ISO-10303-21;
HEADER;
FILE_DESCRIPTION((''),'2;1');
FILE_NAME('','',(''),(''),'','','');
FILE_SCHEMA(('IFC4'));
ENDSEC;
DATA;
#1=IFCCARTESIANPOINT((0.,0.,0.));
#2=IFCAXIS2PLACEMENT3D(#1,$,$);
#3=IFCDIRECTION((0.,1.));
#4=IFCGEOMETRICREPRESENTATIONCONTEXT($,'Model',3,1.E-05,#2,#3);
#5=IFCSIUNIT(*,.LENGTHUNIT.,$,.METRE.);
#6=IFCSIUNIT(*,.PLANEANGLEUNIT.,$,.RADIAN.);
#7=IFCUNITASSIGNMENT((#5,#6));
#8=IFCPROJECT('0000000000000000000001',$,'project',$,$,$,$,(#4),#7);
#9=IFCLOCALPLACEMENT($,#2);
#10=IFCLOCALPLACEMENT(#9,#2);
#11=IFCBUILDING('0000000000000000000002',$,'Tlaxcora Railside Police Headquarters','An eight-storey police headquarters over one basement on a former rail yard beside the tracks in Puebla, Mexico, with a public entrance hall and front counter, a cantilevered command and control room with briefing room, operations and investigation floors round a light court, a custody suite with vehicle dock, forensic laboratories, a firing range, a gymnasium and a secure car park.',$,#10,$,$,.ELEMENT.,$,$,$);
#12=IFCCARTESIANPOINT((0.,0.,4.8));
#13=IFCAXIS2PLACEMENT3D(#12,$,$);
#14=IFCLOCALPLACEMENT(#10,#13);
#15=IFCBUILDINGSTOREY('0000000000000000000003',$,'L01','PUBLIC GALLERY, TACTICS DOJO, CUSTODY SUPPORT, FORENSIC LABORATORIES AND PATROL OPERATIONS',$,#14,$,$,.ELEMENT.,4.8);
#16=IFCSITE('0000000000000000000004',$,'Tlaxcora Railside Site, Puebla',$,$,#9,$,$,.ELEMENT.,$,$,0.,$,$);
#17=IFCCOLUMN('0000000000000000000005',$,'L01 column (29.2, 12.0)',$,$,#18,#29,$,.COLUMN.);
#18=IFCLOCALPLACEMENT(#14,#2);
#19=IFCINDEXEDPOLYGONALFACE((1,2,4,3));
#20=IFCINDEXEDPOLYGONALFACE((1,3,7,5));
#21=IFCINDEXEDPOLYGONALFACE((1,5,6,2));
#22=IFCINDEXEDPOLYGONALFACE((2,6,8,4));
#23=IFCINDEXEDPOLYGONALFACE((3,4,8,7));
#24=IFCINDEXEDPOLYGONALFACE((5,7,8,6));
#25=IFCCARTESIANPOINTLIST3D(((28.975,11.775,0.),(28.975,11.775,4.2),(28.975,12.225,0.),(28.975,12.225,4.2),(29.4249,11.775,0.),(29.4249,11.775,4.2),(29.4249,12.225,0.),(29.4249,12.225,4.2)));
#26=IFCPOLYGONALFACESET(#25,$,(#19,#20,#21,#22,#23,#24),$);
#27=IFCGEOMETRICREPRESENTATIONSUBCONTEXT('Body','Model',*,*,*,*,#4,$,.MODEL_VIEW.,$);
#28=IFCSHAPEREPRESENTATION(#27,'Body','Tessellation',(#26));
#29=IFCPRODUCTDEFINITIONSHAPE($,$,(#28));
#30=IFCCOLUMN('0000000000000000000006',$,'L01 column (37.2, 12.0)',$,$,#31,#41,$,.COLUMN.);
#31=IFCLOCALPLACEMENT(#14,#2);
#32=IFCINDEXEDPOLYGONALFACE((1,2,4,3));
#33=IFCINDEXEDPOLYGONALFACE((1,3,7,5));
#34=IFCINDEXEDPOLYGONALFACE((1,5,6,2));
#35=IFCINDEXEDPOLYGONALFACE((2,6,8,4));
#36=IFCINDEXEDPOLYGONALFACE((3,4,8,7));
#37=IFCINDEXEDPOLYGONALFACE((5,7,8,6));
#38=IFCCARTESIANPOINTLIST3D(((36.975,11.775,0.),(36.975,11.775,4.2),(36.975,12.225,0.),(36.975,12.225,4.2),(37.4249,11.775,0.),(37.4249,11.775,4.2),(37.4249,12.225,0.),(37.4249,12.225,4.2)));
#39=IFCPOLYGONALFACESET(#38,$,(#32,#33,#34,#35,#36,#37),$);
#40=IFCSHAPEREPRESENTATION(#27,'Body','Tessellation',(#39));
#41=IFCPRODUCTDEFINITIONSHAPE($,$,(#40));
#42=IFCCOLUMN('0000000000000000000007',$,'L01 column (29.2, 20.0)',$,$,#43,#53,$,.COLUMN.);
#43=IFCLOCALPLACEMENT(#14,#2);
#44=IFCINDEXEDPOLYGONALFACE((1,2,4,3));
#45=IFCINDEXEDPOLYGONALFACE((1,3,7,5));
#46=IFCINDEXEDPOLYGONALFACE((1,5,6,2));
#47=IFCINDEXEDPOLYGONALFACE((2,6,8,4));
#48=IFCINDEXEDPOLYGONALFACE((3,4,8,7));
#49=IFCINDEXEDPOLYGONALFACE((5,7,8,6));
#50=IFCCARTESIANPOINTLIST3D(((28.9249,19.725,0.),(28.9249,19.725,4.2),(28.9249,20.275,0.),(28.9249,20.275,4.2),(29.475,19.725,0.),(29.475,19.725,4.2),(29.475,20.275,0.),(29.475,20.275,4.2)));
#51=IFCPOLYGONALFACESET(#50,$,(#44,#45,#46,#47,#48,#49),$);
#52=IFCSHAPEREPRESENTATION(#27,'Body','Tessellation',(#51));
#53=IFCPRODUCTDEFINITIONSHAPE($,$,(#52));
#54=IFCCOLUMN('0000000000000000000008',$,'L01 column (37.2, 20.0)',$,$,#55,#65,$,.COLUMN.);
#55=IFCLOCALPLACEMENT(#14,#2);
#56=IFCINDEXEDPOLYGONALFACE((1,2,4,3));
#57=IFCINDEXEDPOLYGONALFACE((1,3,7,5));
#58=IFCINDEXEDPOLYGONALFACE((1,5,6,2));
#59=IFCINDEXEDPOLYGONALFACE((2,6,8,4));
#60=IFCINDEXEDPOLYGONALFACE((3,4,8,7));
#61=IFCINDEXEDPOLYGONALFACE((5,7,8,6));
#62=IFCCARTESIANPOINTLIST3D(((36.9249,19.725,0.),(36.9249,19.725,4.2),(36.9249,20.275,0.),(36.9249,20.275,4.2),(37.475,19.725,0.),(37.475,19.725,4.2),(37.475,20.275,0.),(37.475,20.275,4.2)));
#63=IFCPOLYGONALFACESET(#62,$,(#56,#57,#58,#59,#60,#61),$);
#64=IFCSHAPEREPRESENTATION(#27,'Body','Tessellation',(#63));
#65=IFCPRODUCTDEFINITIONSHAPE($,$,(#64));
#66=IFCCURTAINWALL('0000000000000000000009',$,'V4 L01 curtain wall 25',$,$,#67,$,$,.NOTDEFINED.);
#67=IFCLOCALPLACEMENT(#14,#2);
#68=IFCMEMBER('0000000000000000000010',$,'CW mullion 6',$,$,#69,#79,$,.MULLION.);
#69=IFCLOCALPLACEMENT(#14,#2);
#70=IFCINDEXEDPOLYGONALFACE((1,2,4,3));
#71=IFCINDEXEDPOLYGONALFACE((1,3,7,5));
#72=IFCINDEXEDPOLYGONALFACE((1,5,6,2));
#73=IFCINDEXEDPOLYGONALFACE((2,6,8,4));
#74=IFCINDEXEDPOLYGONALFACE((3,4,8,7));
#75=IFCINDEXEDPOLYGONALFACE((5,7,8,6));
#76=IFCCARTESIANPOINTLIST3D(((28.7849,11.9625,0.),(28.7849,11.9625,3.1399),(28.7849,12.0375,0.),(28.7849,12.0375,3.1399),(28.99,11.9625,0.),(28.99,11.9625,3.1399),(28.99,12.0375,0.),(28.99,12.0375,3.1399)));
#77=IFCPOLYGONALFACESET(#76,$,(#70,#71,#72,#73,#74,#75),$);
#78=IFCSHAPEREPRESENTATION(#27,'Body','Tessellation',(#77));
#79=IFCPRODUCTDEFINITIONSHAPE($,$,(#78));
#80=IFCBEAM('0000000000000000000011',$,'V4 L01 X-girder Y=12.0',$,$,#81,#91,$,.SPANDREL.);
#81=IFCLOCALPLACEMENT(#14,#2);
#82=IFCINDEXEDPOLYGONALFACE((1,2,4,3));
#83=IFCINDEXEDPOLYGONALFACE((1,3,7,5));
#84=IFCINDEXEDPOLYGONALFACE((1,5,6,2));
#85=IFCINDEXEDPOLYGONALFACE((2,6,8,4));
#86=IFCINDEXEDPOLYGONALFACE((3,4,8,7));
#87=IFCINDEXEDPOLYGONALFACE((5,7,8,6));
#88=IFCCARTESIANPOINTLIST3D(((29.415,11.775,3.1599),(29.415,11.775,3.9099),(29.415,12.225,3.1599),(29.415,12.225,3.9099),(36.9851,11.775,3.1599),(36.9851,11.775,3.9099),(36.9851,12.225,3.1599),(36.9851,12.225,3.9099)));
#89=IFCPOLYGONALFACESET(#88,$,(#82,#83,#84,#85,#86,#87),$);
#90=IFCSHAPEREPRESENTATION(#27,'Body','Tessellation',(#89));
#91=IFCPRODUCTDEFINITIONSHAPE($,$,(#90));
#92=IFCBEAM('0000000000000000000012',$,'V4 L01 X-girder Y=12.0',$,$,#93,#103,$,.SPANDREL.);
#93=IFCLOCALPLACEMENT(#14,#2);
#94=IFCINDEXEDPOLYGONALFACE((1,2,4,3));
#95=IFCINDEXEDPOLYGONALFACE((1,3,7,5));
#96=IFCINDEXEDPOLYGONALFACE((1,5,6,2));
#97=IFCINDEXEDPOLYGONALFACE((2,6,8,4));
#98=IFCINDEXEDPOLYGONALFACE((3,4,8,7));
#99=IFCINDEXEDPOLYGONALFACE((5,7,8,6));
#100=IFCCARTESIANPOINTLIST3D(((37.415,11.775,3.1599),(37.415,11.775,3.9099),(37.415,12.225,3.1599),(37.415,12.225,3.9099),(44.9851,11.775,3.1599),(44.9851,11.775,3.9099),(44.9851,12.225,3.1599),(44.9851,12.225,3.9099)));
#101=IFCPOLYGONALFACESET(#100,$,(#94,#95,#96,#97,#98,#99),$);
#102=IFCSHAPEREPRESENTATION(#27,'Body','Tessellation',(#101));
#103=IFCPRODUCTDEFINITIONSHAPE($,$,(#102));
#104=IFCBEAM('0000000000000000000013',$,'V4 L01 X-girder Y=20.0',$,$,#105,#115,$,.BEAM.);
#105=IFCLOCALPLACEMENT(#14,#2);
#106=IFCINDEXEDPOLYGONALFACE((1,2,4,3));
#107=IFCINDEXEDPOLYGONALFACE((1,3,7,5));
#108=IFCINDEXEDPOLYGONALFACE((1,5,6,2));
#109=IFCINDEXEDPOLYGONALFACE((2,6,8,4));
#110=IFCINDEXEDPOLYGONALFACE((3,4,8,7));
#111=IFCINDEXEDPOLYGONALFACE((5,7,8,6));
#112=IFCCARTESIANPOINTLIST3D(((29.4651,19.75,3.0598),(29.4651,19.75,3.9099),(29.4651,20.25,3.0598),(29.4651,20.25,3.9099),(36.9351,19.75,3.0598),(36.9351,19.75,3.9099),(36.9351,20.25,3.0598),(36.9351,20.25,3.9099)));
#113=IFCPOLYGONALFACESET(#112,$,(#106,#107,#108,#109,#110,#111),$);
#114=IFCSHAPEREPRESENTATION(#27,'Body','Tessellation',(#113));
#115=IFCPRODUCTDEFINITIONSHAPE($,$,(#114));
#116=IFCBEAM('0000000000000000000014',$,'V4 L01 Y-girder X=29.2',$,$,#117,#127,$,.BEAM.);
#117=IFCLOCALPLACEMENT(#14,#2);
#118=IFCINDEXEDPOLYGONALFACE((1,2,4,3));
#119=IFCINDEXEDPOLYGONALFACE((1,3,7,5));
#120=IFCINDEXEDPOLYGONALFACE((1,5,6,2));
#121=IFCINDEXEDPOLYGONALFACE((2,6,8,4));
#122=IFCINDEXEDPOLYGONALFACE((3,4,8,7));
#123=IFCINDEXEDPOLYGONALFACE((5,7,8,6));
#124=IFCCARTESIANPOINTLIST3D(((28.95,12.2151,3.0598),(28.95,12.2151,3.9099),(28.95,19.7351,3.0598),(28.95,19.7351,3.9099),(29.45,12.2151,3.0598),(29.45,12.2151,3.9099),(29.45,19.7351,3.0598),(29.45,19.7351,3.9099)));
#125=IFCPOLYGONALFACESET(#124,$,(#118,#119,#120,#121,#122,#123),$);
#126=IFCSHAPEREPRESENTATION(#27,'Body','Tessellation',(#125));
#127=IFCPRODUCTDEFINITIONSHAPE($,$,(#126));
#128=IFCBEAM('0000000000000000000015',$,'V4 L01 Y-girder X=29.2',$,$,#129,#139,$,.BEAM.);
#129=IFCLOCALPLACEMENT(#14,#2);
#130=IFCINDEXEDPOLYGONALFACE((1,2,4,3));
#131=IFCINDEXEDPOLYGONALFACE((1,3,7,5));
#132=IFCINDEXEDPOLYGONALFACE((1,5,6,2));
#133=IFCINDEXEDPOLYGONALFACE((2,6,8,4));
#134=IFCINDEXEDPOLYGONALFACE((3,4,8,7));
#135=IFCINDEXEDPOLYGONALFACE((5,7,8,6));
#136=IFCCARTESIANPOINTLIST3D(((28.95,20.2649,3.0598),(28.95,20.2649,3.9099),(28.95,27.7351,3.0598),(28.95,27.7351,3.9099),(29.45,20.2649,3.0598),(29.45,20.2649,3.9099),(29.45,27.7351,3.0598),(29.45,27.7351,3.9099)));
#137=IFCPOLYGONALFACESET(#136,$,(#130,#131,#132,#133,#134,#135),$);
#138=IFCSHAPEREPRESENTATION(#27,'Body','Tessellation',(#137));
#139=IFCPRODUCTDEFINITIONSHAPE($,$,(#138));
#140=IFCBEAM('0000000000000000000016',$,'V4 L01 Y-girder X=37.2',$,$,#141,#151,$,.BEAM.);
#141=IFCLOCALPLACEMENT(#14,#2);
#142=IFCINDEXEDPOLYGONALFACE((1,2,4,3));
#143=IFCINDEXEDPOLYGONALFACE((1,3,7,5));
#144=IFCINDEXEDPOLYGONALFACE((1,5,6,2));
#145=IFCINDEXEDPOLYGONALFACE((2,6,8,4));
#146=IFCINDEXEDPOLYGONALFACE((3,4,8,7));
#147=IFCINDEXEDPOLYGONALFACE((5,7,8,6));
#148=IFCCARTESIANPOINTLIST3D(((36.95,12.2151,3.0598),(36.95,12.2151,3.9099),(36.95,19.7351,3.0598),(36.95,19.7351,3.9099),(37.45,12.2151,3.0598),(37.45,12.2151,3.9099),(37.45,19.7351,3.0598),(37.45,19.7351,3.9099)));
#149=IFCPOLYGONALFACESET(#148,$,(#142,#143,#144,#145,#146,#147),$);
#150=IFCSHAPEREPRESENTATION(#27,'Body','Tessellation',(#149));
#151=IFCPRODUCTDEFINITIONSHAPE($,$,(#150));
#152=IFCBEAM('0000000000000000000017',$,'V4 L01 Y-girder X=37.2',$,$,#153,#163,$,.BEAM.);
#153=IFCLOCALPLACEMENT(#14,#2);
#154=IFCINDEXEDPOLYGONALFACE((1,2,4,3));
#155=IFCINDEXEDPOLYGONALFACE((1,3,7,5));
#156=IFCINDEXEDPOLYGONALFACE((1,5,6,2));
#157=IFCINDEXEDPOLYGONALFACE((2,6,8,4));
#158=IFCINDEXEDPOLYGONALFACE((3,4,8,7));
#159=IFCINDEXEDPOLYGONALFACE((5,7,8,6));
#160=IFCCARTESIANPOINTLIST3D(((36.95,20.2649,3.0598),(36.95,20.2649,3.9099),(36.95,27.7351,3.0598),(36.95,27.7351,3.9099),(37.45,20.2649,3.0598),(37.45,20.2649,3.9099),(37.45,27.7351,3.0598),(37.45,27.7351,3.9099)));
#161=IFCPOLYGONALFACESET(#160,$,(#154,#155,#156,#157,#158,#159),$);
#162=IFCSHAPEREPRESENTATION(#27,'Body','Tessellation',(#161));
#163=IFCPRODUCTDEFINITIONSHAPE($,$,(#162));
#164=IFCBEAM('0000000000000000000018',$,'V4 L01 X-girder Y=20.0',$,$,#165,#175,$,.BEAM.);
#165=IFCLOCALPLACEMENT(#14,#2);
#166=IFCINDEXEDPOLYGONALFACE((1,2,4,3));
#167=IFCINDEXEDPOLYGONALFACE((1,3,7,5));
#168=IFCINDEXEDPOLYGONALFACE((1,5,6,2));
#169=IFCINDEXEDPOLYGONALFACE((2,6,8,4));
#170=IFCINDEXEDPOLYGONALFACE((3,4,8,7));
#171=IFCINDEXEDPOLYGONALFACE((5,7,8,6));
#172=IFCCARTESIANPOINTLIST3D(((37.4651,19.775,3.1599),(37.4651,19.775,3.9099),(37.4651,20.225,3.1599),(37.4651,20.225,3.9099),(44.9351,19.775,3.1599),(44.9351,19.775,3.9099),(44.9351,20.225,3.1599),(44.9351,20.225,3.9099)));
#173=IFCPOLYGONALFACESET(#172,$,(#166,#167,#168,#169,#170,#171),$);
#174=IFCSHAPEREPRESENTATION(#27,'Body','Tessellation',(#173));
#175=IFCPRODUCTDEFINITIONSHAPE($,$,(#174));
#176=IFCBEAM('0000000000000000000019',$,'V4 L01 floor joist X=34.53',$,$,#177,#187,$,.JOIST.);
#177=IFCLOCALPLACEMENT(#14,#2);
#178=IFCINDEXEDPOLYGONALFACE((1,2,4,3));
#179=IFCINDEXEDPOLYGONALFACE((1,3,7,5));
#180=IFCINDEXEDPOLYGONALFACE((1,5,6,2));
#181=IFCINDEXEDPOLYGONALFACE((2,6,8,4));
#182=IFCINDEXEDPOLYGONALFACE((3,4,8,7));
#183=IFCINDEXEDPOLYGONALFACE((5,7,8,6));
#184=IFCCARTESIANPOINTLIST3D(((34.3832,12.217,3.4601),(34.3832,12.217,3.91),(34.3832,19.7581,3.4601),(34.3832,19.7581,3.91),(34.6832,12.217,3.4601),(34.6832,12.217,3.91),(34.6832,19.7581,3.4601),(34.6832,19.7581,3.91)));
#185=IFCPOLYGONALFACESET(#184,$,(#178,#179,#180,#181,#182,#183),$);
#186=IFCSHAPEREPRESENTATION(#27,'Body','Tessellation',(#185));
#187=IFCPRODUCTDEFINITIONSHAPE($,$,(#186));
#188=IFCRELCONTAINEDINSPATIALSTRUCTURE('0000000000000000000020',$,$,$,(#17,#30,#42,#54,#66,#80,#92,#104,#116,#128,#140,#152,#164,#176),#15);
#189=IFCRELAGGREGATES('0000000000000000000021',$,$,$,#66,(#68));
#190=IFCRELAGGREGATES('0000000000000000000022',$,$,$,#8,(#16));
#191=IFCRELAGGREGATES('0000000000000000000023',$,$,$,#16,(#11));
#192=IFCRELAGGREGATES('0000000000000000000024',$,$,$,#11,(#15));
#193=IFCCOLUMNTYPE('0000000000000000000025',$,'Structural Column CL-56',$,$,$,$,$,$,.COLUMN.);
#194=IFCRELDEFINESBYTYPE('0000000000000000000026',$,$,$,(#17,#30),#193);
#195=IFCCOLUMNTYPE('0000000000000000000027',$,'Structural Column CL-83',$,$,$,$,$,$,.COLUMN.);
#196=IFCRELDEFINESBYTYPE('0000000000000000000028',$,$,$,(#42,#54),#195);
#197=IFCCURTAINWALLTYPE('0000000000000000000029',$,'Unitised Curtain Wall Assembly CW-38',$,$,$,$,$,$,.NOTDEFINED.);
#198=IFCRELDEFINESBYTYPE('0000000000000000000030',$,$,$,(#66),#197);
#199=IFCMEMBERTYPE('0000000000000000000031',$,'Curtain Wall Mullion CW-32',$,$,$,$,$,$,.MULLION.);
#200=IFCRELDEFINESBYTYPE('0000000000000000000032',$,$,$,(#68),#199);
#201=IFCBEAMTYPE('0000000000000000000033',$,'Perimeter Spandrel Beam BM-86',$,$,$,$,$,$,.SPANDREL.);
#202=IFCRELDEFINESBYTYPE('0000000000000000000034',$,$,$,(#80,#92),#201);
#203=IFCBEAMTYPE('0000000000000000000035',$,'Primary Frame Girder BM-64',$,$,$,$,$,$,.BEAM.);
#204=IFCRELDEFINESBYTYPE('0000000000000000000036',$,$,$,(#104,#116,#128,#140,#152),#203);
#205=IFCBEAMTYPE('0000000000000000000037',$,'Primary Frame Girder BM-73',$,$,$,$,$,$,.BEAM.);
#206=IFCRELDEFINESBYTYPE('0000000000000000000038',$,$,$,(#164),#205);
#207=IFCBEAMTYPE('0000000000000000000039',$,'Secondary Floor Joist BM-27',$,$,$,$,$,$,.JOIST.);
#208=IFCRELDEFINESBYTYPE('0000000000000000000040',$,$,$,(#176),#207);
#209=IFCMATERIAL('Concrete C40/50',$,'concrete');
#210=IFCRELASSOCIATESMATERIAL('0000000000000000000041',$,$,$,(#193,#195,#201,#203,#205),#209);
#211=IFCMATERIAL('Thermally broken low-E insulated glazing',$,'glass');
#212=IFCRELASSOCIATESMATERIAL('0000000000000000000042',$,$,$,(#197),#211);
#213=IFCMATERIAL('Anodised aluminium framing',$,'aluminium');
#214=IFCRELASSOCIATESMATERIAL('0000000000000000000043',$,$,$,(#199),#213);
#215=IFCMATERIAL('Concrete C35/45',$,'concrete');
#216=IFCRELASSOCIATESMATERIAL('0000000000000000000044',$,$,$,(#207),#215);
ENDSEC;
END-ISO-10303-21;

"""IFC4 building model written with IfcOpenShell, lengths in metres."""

from ifc_helpers import new_model, si_unit, direction, frame, origin, origin_2d, place, context, subcontext, project, spatial, rectangle, extrude, material, material_profile, profile_set, type_object, element, aggregate, save


model = new_model("IFC4")

# Units and contexts
model_context = context("Model", 3, precision=1e-05, world=origin(), true_north=direction((0.0, 1.0)))
body_context = subcontext(model_context, "Body", "Model", "MODEL_VIEW")
ifc_project = project(units=[si_unit("LENGTHUNIT", "METRE"), si_unit("PLANEANGLEUNIT", "RADIAN")], contexts=[model_context])

# Site, building, storey
site_placement = place(None, origin())
site = spatial("IfcSite", under=ifc_project, at=site_placement, Name="Tlaxcora Railside Site, Puebla", CompositionType="ELEMENT", RefElevation=0.0)
building_placement = place(site_placement, origin())
building = spatial("IfcBuilding", under=site, at=building_placement, Name="Tlaxcora Railside Police Headquarters", Description="An eight-storey police headquarters over one basement on a former rail yard beside the tracks in Puebla, Mexico, with a public entrance hall and front counter, a cantilevered command and control room with briefing room, operations and investigation floors round a light court, a custody suite with vehicle dock, forensic laboratories, a firing range, a gymnasium and a secure car park.", CompositionType="ELEMENT")
storey_placement = place(building_placement, frame((0.0, 0.0, 4.8)))
storey = spatial("IfcBuildingStorey", under=building, at=storey_placement, Name="L01", Description="PUBLIC GALLERY, TACTICS DOJO, CUSTODY SUPPORT, FORENSIC LABORATORIES AND PATROL OPERATIONS", CompositionType="ELEMENT", Elevation=4.8)

# Columns
ifc_material_1 = material(Name="Concrete C40/50", Category="concrete")
ifc_material_profile_1 = material_profile(ifc_material_1, rectangle(XDim=0.45, YDim=0.45, at=origin_2d()), Name="RC450X450")
ifc_profile_set_1 = profile_set([ifc_material_profile_1], Name="Concrete C40/50")
column_type_1 = type_object("IfcColumnType", Name="Structural Column CL-56", PredefinedType="COLUMN", material=ifc_profile_set_1)
for number, where, z_axis, x_axis, name in (
    (1, (29.2, 12.0, 0.0), (0.0, 0.0, 1.0), (1.0, 0.0, 0.0), "L01 column (29.2, 12.0)"),
    (2, (37.2, 12.0, 0.0), (0.0, 0.0, 1.0), (1.0, 0.0, 0.0), "L01 column (37.2, 12.0)"),
):
    element("IfcColumn", number, at=place(storey_placement, frame(where, z_axis=z_axis, x_axis=x_axis)), inside=storey, type_object=column_type_1, Name=name, PredefinedType="COLUMN", context=body_context, shape_type="SweptSolid", body=[
        extrude(rectangle(XDim=0.45, YDim=0.45, at=origin_2d()), origin(), (0.0, 0.0, 1.0), 4.2),
    ])
ifc_material_profile_2 = material_profile(ifc_material_1, rectangle(XDim=0.55, YDim=0.55, at=origin_2d()), Name="RC550X550")
ifc_profile_set_2 = profile_set([ifc_material_profile_2], Name="Concrete C40/50")
column_type_2 = type_object("IfcColumnType", Name="Structural Column CL-83", PredefinedType="COLUMN", material=ifc_profile_set_2)
for number, where, z_axis, x_axis, name in (
    (3, (29.2, 20.0, 0.0), (0.0, 0.0, 1.0), (1.0, 0.0, 0.0), "L01 column (29.2, 20.0)"),
    (4, (37.2, 20.0, 0.0), (0.0, 0.0, 1.0), (1.0, 0.0, 0.0), "L01 column (37.2, 20.0)"),
):
    element("IfcColumn", number, at=place(storey_placement, frame(where, z_axis=z_axis, x_axis=x_axis)), inside=storey, type_object=column_type_2, Name=name, PredefinedType="COLUMN", context=body_context, shape_type="SweptSolid", body=[
        extrude(rectangle(XDim=0.55, YDim=0.55, at=origin_2d()), origin(), (0.0, 0.0, 1.0), 4.2),
    ])

# Curtain wall, member
ifc_material_2 = material(Name="Thermally broken low-E insulated glazing", Category="glass")
curtain_wall_type = type_object("IfcCurtainWallType", Name="Unitised Curtain Wall Assembly CW-38", PredefinedType="NOTDEFINED", material=ifc_material_2)
curtain_wall_placement = place(storey_placement, origin())
curtain_wall = element("IfcCurtainWall", 5, at=curtain_wall_placement, inside=storey, type_object=curtain_wall_type, Name="V4 L01 curtain wall 25", PredefinedType="NOTDEFINED")
ifc_material_3 = material(Name="Anodised aluminium framing", Category="aluminium")
ifc_material_profile_3 = material_profile(ifc_material_3, rectangle(XDim=0.075, YDim=0.2051, at=origin_2d()), Name="AL75X205")
ifc_profile_set_3 = profile_set([ifc_material_profile_3], Name="Anodised aluminium framing")
member_type = type_object("IfcMemberType", Name="Curtain Wall Mullion CW-32", PredefinedType="MULLION", material=ifc_profile_set_3)
member_placement = place(storey_placement, frame((28.8875, 12.0, 0.0), z_axis=(0.0, 0.0, 1.0), x_axis=(0.0, 1.0, 0.0)))
member = element("IfcMember", 6, at=member_placement, type_object=member_type, Name="CW mullion 6", PredefinedType="MULLION", context=body_context, shape_type="SweptSolid", body=[
    extrude(rectangle(XDim=0.075, YDim=0.2051, at=origin_2d()), origin(), (0.0, 0.0, 1.0), 3.1399),
])

# Beams
ifc_material_profile_4 = material_profile(ifc_material_1, rectangle(XDim=0.45, YDim=0.75, at=origin_2d()), Name="RC450X750")
ifc_profile_set_4 = profile_set([ifc_material_profile_4], Name="Concrete C40/50")
beam_type_1 = type_object("IfcBeamType", Name="Perimeter Spandrel Beam BM-86", PredefinedType="SPANDREL", material=ifc_profile_set_4)
for number, where, z_axis, x_axis, name in (
    (7, (29.415, 12.0, 3.5349), (1.0, 0.0, 0.0), (0.0, 1.0, 0.0), "V4 L01 X-girder Y=12.0"),
    (8, (37.415, 12.0, 3.5349), (1.0, 0.0, 0.0), (0.0, 1.0, 0.0), "V4 L01 X-girder Y=12.0"),
):
    element("IfcBeam", number, at=place(storey_placement, frame(where, z_axis=z_axis, x_axis=x_axis)), inside=storey, type_object=beam_type_1, Name=name, PredefinedType="SPANDREL", context=body_context, shape_type="SweptSolid", body=[
        extrude(rectangle(XDim=0.45, YDim=0.75, at=origin_2d()), origin(), (0.0, 0.0, 1.0), 7.5701),
    ])
ifc_material_profile_5 = material_profile(ifc_material_1, rectangle(XDim=0.5, YDim=0.8501, at=origin_2d()), Name="RC500X850")
ifc_profile_set_5 = profile_set([ifc_material_profile_5], Name="Concrete C40/50")
beam_type_2 = type_object("IfcBeamType", Name="Primary Frame Girder BM-64", PredefinedType="BEAM", material=ifc_profile_set_5)
beam_1_placement = place(storey_placement, frame((29.4651, 20.0, 3.4849), z_axis=(1.0, 0.0, 0.0), x_axis=(0.0, 1.0, 0.0)))
element("IfcBeam", 9, at=beam_1_placement, inside=storey, type_object=beam_type_2, Name="V4 L01 X-girder Y=20.0", PredefinedType="BEAM", context=body_context, shape_type="SweptSolid", body=[
    extrude(rectangle(XDim=0.5, YDim=0.8501, at=origin_2d()), origin(), (0.0, 0.0, 1.0), 7.47),
])
beam_2_placement = place(storey_placement, frame((29.2, 12.2151, 3.4849), z_axis=(0.0, 1.0, 0.0), x_axis=(-1.0, 0.0, 0.0)))
element("IfcBeam", 10, at=beam_2_placement, inside=storey, type_object=beam_type_2, Name="V4 L01 Y-girder X=29.2", PredefinedType="BEAM", context=body_context, shape_type="SweptSolid", body=[
    extrude(rectangle(XDim=0.5, YDim=0.8501, at=origin_2d()), origin(), (0.0, 0.0, 1.0), 7.52),
])
beam_3_placement = place(storey_placement, frame((29.2, 20.2649, 3.4849), z_axis=(0.0, 1.0, 0.0), x_axis=(-1.0, 0.0, 0.0)))
element("IfcBeam", 11, at=beam_3_placement, inside=storey, type_object=beam_type_2, Name="V4 L01 Y-girder X=29.2", PredefinedType="BEAM", context=body_context, shape_type="SweptSolid", body=[
    extrude(rectangle(XDim=0.5, YDim=0.8501, at=origin_2d()), origin(), (0.0, 0.0, 1.0), 7.4702),
])
beam_4_placement = place(storey_placement, frame((37.2, 12.2151, 3.4849), z_axis=(0.0, 1.0, 0.0), x_axis=(-1.0, 0.0, 0.0)))
element("IfcBeam", 12, at=beam_4_placement, inside=storey, type_object=beam_type_2, Name="V4 L01 Y-girder X=37.2", PredefinedType="BEAM", context=body_context, shape_type="SweptSolid", body=[
    extrude(rectangle(XDim=0.5, YDim=0.8501, at=origin_2d()), origin(), (0.0, 0.0, 1.0), 7.52),
])
beam_5_placement = place(storey_placement, frame((37.2, 20.2649, 3.4849), z_axis=(0.0, 1.0, 0.0), x_axis=(-1.0, 0.0, 0.0)))
element("IfcBeam", 13, at=beam_5_placement, inside=storey, type_object=beam_type_2, Name="V4 L01 Y-girder X=37.2", PredefinedType="BEAM", context=body_context, shape_type="SweptSolid", body=[
    extrude(rectangle(XDim=0.5, YDim=0.8501, at=origin_2d()), origin(), (0.0, 0.0, 1.0), 7.4702),
])
ifc_material_profile_6 = material_profile(ifc_material_1, rectangle(XDim=0.45, YDim=0.75, at=origin_2d()), Name="RC450X750")
ifc_profile_set_6 = profile_set([ifc_material_profile_6], Name="Concrete C40/50")
beam_type_3 = type_object("IfcBeamType", Name="Primary Frame Girder BM-73", PredefinedType="BEAM", material=ifc_profile_set_6)
beam_6_placement = place(storey_placement, frame((37.4651, 20.0, 3.5349), z_axis=(1.0, 0.0, 0.0), x_axis=(0.0, 1.0, 0.0)))
element("IfcBeam", 14, at=beam_6_placement, inside=storey, type_object=beam_type_3, Name="V4 L01 X-girder Y=20.0", PredefinedType="BEAM", context=body_context, shape_type="SweptSolid", body=[
    extrude(rectangle(XDim=0.45, YDim=0.75, at=origin_2d()), origin(), (0.0, 0.0, 1.0), 7.47),
])
ifc_material_4 = material(Name="Concrete C35/45", Category="concrete")
ifc_material_profile_7 = material_profile(ifc_material_4, rectangle(XDim=0.3, YDim=0.45, at=origin_2d()), Name="RC300X450")
ifc_profile_set_7 = profile_set([ifc_material_profile_7], Name="Concrete C35/45")
beam_type_4 = type_object("IfcBeamType", Name="Secondary Floor Joist BM-27", PredefinedType="JOIST", material=ifc_profile_set_7)
beam_7_placement = place(storey_placement, frame((34.5332, 12.217, 3.6851), z_axis=(0.0, 1.0, 0.0), x_axis=(-1.0, 0.0, 0.0)))
element("IfcBeam", 15, at=beam_7_placement, inside=storey, type_object=beam_type_4, Name="V4 L01 floor joist X=34.53", PredefinedType="JOIST", context=body_context, shape_type="SweptSolid", body=[
    extrude(rectangle(XDim=0.3, YDim=0.45, at=origin_2d()), origin(), (0.0, 0.0, 1.0), 7.541),
])

aggregate(curtain_wall, [member])

save(model, "model.ifc")
